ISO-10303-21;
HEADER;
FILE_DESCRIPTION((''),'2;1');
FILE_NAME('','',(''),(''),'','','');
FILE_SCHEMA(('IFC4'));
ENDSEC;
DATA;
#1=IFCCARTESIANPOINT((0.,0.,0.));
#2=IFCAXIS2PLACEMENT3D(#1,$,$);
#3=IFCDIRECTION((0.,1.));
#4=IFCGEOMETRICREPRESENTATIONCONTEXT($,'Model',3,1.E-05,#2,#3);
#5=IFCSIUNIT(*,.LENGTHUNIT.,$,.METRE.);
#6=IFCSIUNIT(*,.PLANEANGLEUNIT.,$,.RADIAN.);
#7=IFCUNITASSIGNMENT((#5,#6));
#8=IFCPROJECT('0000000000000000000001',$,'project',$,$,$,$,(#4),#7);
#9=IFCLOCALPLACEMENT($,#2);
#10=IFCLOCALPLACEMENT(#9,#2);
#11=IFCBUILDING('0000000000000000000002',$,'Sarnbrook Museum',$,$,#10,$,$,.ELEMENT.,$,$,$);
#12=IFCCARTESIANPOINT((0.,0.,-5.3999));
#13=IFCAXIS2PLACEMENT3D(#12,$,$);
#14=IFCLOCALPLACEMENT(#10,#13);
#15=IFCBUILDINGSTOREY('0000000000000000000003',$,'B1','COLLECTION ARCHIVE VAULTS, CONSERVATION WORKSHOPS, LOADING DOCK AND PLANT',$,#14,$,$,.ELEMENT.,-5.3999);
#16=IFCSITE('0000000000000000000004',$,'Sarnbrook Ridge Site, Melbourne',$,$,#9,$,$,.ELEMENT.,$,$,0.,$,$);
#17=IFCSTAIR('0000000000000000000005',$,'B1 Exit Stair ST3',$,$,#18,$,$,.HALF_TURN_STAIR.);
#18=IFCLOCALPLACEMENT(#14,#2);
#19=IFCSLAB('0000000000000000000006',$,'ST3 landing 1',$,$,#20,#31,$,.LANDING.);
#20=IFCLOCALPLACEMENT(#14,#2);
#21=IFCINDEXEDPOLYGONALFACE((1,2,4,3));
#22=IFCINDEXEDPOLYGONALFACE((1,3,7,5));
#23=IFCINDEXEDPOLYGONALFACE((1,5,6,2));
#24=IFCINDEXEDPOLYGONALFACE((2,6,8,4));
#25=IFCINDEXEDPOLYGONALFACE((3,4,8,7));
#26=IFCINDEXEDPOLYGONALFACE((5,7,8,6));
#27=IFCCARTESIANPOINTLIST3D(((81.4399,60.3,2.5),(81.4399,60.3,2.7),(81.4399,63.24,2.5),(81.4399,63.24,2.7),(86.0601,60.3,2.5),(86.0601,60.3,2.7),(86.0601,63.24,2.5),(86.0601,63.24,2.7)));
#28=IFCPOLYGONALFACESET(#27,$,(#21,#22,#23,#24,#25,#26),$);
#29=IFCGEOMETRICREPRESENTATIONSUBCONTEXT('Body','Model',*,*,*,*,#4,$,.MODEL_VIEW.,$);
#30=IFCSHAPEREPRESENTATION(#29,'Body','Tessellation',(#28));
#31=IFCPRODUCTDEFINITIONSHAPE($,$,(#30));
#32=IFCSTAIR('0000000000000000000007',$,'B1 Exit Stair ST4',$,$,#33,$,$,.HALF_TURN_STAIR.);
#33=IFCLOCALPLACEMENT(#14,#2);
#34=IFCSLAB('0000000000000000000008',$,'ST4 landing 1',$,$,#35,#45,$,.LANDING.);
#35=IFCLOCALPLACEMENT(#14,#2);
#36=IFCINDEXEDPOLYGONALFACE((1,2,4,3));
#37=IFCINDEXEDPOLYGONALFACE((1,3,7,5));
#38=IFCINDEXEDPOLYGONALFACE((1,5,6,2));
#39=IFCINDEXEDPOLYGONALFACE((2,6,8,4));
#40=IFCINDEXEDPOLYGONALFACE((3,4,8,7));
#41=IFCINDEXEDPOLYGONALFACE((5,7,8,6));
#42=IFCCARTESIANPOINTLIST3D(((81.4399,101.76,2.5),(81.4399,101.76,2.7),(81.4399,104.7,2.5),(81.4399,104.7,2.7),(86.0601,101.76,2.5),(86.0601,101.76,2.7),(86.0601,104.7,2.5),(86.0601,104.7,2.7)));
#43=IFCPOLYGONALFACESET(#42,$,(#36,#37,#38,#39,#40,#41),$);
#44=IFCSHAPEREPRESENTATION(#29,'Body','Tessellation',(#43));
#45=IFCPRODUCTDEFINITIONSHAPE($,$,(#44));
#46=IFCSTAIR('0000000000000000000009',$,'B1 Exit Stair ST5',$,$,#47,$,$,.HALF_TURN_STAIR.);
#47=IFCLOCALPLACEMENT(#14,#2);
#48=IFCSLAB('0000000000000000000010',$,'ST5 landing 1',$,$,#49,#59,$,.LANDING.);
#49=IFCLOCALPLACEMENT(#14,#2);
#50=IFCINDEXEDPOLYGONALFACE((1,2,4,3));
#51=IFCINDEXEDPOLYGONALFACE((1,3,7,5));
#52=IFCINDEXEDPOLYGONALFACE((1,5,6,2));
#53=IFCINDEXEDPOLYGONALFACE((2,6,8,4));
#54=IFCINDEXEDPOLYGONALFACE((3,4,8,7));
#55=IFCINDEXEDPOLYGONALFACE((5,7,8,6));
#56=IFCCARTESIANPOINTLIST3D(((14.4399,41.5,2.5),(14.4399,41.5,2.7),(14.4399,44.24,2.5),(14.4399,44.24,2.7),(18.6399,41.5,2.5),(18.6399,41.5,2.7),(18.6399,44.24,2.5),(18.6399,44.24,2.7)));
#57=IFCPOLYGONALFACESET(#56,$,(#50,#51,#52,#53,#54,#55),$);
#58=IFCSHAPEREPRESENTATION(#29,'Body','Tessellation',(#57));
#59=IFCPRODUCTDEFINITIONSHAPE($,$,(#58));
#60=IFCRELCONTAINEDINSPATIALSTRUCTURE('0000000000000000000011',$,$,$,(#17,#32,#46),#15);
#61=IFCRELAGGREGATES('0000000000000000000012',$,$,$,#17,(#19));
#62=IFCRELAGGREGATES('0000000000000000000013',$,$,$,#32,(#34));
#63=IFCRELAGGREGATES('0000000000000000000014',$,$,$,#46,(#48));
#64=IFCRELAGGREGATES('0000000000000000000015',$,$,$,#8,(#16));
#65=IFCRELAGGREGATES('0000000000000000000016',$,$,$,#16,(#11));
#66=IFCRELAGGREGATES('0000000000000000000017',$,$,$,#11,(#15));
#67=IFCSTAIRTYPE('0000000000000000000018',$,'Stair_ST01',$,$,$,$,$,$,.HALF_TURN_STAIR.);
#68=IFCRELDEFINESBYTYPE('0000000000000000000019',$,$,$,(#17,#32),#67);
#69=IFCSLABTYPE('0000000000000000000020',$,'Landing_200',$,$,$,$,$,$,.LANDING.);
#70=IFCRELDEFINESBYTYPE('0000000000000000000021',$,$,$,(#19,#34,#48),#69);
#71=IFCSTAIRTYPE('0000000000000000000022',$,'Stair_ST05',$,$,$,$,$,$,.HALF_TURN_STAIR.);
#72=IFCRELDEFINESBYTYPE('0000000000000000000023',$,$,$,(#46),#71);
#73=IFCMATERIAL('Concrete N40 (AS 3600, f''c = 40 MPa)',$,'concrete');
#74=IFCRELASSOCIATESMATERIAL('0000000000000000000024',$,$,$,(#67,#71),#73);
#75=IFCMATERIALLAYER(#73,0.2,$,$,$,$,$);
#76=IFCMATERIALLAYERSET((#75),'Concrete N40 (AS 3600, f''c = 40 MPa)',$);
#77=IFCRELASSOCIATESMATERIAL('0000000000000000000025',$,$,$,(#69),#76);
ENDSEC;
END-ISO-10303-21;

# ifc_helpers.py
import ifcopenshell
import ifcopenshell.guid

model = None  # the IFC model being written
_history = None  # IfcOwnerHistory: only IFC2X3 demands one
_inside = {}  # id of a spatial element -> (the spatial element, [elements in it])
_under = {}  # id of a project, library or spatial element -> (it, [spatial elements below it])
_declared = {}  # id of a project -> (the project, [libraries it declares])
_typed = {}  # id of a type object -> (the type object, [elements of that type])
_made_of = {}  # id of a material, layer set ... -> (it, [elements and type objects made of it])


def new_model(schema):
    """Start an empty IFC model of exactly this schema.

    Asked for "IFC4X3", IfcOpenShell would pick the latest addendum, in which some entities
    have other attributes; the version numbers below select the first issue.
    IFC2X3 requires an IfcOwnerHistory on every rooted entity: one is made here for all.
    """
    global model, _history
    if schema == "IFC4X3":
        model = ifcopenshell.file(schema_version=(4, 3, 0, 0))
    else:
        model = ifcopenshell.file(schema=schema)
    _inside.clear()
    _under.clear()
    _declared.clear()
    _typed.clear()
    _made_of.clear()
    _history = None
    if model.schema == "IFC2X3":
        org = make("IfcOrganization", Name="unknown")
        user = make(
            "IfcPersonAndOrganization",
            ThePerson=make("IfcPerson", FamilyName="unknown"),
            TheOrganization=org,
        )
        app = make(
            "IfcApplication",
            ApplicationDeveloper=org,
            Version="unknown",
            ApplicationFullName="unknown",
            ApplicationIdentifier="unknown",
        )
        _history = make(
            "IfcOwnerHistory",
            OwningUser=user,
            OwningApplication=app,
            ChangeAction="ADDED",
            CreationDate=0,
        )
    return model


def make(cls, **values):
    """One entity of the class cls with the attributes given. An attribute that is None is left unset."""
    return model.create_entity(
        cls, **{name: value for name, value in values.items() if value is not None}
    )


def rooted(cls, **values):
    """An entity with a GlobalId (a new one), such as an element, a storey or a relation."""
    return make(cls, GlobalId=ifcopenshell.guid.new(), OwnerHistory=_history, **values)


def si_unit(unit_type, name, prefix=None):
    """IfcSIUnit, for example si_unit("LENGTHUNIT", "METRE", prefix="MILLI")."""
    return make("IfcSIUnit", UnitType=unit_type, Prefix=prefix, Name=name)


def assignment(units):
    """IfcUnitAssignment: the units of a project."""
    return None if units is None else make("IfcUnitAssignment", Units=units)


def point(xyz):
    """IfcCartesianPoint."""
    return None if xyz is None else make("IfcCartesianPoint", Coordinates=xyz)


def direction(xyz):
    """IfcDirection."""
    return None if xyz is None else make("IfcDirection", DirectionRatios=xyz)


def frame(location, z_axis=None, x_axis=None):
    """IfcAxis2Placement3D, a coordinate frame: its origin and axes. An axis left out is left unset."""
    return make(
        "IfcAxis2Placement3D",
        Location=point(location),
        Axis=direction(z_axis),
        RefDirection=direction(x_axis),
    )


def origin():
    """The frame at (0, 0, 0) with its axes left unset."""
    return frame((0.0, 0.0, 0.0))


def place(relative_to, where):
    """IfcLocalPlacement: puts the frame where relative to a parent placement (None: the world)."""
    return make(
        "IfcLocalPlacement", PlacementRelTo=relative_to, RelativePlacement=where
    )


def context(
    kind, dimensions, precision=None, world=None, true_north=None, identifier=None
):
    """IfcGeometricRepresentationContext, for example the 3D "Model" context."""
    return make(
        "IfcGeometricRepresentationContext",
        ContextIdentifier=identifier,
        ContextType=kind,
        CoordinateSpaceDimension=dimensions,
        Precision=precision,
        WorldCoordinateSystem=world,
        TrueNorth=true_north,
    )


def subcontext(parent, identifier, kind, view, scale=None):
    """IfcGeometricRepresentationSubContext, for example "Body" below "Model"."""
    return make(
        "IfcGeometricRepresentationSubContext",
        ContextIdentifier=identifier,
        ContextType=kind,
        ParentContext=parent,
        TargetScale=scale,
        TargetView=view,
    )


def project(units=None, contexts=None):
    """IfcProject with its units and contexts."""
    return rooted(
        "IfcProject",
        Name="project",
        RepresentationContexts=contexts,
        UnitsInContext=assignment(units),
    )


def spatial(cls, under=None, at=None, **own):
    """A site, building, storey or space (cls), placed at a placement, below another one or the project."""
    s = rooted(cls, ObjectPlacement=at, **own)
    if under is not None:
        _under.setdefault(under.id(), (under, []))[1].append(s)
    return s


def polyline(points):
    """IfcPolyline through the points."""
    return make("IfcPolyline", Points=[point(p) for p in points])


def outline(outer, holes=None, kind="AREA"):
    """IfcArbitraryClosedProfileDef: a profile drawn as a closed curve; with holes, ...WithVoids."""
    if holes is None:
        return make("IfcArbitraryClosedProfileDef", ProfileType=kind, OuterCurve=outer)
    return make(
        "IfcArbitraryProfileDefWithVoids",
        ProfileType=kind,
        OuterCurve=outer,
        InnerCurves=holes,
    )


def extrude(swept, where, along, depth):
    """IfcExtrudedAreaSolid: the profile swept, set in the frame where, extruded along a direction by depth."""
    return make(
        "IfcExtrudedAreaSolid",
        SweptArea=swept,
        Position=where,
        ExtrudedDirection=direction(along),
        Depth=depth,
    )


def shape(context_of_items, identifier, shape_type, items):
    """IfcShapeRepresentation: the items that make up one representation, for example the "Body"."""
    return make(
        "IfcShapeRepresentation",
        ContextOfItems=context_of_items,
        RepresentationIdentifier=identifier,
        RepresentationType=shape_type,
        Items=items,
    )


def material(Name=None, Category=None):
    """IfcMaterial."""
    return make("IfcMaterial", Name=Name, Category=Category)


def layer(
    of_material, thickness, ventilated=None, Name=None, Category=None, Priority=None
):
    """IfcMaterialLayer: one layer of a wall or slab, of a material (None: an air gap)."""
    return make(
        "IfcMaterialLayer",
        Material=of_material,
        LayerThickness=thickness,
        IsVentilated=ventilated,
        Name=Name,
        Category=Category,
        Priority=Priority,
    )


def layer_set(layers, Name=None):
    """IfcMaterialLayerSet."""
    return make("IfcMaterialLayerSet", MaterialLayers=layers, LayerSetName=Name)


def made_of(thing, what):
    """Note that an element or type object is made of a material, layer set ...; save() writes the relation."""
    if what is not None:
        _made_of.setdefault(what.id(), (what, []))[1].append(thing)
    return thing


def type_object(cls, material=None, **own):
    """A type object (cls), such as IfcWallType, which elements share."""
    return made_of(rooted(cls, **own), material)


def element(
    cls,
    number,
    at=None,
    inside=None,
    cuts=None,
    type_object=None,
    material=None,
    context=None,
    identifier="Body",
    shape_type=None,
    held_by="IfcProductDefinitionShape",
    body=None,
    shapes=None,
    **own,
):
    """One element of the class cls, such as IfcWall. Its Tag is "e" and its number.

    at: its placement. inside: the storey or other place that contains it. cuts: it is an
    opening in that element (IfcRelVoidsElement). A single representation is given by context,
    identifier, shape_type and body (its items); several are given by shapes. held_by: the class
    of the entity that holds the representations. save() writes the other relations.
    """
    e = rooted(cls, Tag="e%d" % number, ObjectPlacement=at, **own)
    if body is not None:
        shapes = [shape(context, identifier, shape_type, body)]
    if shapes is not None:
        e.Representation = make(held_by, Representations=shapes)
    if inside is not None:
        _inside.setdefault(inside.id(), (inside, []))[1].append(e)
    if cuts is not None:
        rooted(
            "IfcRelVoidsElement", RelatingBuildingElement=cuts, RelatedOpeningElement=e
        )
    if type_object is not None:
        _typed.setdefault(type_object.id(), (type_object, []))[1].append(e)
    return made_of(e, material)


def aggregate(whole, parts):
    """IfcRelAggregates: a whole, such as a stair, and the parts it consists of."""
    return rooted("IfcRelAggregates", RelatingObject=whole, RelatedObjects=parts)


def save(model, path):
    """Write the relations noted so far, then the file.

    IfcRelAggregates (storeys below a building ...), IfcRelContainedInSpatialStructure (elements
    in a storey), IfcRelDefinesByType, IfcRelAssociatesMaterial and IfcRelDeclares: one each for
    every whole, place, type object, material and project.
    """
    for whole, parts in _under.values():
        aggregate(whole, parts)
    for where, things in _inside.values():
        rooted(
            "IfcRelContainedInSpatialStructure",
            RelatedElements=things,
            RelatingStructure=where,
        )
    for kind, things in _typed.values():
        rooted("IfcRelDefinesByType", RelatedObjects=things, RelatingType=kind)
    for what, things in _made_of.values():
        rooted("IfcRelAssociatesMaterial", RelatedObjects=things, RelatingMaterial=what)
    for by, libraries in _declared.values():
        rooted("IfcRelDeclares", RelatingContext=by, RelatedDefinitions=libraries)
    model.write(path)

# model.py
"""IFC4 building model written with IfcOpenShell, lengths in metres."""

from ifc_helpers import new_model, si_unit, direction, frame, origin, place, context, subcontext, project, spatial, polyline, outline, extrude, material, layer, layer_set, type_object, element, aggregate, save


model = new_model("IFC4")

# Units and contexts
model_context = context("Model", 3, precision=1e-05, world=origin(), true_north=direction((0.0, 1.0)))
body_context = subcontext(model_context, "Body", "Model", "MODEL_VIEW")
ifc_project = project(units=[si_unit("LENGTHUNIT", "METRE"), si_unit("PLANEANGLEUNIT", "RADIAN")], contexts=[model_context])

# Site, building, storey
site_placement = place(None, origin())
site = spatial("IfcSite", under=ifc_project, at=site_placement, Name="Sarnbrook Ridge Site, Melbourne", CompositionType="ELEMENT", RefElevation=0.0)
building_placement = place(site_placement, origin())
building = spatial("IfcBuilding", under=site, at=building_placement, Name="Sarnbrook Museum", CompositionType="ELEMENT")
storey_placement = place(building_placement, frame((0.0, 0.0, -5.3999)))
storey = spatial("IfcBuildingStorey", under=building, at=storey_placement, Name="B1", Description="COLLECTION ARCHIVE VAULTS, CONSERVATION WORKSHOPS, LOADING DOCK AND PLANT", CompositionType="ELEMENT", Elevation=-5.3999)

# Shared definitions
ifc_material = material(Name="Concrete N40 (AS 3600, f'c = 40 MPa)", Category="concrete")

# Stairs, slabs
stair_type_1 = type_object("IfcStairType", Name="Stair_ST01", PredefinedType="HALF_TURN_STAIR", material=ifc_material)
ifc_layer_1 = layer(ifc_material, 0.2)
ifc_layer_set_1 = layer_set([ifc_layer_1], Name="Concrete N40 (AS 3600, f'c = 40 MPa)")
slab_type_1 = type_object("IfcSlabType", Name="Landing_200", PredefinedType="LANDING", material=ifc_layer_set_1)
stair_1_placement = place(storey_placement, origin())
stair_1 = element("IfcStair", 1, at=stair_1_placement, inside=storey, type_object=stair_type_1, Name="B1 Exit Stair ST3", PredefinedType="HALF_TURN_STAIR")
slab_1_placement = place(storey_placement, frame((0.0, 0.0, 2.5)))
slab_1 = element("IfcSlab", 2, at=slab_1_placement, type_object=slab_type_1, Name="ST3 landing 1", PredefinedType="LANDING", context=body_context, shape_type="SweptSolid", body=[
    extrude(outline(polyline([(81.4399, 63.24), (81.4399, 60.3), (86.0601, 60.3), (86.0601, 63.24), (81.4399, 63.24)])), origin(), (0.0, 0.0, 1.0), 0.2),
])
aggregate(stair_1, [slab_1])
stair_2_placement = place(storey_placement, origin())
stair_2 = element("IfcStair", 3, at=stair_2_placement, inside=storey, type_object=stair_type_1, Name="B1 Exit Stair ST4", PredefinedType="HALF_TURN_STAIR")
slab_2_placement = place(storey_placement, frame((0.0, 0.0, 2.5)))
slab_2 = element("IfcSlab", 4, at=slab_2_placement, type_object=slab_type_1, Name="ST4 landing 1", PredefinedType="LANDING", context=body_context, shape_type="SweptSolid", body=[
    extrude(outline(polyline([(86.0601, 101.76), (86.0601, 104.7), (81.4399, 104.7), (81.4399, 101.76), (86.0601, 101.76)])), origin(), (0.0, 0.0, 1.0), 0.2),
])
aggregate(stair_2, [slab_2])
stair_type_2 = type_object("IfcStairType", Name="Stair_ST05", PredefinedType="HALF_TURN_STAIR", material=ifc_material)
stair_3_placement = place(storey_placement, origin())
stair_3 = element("IfcStair", 5, at=stair_3_placement, inside=storey, type_object=stair_type_2, Name="B1 Exit Stair ST5", PredefinedType="HALF_TURN_STAIR")
slab_3_placement = place(storey_placement, frame((0.0, 0.0, 2.5)))
slab_3 = element("IfcSlab", 6, at=slab_3_placement, type_object=slab_type_1, Name="ST5 landing 1", PredefinedType="LANDING", context=body_context, shape_type="SweptSolid", body=[
    extrude(outline(polyline([(14.4399, 44.24), (14.4399, 41.5), (18.6399, 41.5), (18.6399, 44.24), (14.4399, 44.24)])), origin(), (0.0, 0.0, 1.0), 0.2),
])
aggregate(stair_3, [slab_3])

save(model, "model.ifc")
